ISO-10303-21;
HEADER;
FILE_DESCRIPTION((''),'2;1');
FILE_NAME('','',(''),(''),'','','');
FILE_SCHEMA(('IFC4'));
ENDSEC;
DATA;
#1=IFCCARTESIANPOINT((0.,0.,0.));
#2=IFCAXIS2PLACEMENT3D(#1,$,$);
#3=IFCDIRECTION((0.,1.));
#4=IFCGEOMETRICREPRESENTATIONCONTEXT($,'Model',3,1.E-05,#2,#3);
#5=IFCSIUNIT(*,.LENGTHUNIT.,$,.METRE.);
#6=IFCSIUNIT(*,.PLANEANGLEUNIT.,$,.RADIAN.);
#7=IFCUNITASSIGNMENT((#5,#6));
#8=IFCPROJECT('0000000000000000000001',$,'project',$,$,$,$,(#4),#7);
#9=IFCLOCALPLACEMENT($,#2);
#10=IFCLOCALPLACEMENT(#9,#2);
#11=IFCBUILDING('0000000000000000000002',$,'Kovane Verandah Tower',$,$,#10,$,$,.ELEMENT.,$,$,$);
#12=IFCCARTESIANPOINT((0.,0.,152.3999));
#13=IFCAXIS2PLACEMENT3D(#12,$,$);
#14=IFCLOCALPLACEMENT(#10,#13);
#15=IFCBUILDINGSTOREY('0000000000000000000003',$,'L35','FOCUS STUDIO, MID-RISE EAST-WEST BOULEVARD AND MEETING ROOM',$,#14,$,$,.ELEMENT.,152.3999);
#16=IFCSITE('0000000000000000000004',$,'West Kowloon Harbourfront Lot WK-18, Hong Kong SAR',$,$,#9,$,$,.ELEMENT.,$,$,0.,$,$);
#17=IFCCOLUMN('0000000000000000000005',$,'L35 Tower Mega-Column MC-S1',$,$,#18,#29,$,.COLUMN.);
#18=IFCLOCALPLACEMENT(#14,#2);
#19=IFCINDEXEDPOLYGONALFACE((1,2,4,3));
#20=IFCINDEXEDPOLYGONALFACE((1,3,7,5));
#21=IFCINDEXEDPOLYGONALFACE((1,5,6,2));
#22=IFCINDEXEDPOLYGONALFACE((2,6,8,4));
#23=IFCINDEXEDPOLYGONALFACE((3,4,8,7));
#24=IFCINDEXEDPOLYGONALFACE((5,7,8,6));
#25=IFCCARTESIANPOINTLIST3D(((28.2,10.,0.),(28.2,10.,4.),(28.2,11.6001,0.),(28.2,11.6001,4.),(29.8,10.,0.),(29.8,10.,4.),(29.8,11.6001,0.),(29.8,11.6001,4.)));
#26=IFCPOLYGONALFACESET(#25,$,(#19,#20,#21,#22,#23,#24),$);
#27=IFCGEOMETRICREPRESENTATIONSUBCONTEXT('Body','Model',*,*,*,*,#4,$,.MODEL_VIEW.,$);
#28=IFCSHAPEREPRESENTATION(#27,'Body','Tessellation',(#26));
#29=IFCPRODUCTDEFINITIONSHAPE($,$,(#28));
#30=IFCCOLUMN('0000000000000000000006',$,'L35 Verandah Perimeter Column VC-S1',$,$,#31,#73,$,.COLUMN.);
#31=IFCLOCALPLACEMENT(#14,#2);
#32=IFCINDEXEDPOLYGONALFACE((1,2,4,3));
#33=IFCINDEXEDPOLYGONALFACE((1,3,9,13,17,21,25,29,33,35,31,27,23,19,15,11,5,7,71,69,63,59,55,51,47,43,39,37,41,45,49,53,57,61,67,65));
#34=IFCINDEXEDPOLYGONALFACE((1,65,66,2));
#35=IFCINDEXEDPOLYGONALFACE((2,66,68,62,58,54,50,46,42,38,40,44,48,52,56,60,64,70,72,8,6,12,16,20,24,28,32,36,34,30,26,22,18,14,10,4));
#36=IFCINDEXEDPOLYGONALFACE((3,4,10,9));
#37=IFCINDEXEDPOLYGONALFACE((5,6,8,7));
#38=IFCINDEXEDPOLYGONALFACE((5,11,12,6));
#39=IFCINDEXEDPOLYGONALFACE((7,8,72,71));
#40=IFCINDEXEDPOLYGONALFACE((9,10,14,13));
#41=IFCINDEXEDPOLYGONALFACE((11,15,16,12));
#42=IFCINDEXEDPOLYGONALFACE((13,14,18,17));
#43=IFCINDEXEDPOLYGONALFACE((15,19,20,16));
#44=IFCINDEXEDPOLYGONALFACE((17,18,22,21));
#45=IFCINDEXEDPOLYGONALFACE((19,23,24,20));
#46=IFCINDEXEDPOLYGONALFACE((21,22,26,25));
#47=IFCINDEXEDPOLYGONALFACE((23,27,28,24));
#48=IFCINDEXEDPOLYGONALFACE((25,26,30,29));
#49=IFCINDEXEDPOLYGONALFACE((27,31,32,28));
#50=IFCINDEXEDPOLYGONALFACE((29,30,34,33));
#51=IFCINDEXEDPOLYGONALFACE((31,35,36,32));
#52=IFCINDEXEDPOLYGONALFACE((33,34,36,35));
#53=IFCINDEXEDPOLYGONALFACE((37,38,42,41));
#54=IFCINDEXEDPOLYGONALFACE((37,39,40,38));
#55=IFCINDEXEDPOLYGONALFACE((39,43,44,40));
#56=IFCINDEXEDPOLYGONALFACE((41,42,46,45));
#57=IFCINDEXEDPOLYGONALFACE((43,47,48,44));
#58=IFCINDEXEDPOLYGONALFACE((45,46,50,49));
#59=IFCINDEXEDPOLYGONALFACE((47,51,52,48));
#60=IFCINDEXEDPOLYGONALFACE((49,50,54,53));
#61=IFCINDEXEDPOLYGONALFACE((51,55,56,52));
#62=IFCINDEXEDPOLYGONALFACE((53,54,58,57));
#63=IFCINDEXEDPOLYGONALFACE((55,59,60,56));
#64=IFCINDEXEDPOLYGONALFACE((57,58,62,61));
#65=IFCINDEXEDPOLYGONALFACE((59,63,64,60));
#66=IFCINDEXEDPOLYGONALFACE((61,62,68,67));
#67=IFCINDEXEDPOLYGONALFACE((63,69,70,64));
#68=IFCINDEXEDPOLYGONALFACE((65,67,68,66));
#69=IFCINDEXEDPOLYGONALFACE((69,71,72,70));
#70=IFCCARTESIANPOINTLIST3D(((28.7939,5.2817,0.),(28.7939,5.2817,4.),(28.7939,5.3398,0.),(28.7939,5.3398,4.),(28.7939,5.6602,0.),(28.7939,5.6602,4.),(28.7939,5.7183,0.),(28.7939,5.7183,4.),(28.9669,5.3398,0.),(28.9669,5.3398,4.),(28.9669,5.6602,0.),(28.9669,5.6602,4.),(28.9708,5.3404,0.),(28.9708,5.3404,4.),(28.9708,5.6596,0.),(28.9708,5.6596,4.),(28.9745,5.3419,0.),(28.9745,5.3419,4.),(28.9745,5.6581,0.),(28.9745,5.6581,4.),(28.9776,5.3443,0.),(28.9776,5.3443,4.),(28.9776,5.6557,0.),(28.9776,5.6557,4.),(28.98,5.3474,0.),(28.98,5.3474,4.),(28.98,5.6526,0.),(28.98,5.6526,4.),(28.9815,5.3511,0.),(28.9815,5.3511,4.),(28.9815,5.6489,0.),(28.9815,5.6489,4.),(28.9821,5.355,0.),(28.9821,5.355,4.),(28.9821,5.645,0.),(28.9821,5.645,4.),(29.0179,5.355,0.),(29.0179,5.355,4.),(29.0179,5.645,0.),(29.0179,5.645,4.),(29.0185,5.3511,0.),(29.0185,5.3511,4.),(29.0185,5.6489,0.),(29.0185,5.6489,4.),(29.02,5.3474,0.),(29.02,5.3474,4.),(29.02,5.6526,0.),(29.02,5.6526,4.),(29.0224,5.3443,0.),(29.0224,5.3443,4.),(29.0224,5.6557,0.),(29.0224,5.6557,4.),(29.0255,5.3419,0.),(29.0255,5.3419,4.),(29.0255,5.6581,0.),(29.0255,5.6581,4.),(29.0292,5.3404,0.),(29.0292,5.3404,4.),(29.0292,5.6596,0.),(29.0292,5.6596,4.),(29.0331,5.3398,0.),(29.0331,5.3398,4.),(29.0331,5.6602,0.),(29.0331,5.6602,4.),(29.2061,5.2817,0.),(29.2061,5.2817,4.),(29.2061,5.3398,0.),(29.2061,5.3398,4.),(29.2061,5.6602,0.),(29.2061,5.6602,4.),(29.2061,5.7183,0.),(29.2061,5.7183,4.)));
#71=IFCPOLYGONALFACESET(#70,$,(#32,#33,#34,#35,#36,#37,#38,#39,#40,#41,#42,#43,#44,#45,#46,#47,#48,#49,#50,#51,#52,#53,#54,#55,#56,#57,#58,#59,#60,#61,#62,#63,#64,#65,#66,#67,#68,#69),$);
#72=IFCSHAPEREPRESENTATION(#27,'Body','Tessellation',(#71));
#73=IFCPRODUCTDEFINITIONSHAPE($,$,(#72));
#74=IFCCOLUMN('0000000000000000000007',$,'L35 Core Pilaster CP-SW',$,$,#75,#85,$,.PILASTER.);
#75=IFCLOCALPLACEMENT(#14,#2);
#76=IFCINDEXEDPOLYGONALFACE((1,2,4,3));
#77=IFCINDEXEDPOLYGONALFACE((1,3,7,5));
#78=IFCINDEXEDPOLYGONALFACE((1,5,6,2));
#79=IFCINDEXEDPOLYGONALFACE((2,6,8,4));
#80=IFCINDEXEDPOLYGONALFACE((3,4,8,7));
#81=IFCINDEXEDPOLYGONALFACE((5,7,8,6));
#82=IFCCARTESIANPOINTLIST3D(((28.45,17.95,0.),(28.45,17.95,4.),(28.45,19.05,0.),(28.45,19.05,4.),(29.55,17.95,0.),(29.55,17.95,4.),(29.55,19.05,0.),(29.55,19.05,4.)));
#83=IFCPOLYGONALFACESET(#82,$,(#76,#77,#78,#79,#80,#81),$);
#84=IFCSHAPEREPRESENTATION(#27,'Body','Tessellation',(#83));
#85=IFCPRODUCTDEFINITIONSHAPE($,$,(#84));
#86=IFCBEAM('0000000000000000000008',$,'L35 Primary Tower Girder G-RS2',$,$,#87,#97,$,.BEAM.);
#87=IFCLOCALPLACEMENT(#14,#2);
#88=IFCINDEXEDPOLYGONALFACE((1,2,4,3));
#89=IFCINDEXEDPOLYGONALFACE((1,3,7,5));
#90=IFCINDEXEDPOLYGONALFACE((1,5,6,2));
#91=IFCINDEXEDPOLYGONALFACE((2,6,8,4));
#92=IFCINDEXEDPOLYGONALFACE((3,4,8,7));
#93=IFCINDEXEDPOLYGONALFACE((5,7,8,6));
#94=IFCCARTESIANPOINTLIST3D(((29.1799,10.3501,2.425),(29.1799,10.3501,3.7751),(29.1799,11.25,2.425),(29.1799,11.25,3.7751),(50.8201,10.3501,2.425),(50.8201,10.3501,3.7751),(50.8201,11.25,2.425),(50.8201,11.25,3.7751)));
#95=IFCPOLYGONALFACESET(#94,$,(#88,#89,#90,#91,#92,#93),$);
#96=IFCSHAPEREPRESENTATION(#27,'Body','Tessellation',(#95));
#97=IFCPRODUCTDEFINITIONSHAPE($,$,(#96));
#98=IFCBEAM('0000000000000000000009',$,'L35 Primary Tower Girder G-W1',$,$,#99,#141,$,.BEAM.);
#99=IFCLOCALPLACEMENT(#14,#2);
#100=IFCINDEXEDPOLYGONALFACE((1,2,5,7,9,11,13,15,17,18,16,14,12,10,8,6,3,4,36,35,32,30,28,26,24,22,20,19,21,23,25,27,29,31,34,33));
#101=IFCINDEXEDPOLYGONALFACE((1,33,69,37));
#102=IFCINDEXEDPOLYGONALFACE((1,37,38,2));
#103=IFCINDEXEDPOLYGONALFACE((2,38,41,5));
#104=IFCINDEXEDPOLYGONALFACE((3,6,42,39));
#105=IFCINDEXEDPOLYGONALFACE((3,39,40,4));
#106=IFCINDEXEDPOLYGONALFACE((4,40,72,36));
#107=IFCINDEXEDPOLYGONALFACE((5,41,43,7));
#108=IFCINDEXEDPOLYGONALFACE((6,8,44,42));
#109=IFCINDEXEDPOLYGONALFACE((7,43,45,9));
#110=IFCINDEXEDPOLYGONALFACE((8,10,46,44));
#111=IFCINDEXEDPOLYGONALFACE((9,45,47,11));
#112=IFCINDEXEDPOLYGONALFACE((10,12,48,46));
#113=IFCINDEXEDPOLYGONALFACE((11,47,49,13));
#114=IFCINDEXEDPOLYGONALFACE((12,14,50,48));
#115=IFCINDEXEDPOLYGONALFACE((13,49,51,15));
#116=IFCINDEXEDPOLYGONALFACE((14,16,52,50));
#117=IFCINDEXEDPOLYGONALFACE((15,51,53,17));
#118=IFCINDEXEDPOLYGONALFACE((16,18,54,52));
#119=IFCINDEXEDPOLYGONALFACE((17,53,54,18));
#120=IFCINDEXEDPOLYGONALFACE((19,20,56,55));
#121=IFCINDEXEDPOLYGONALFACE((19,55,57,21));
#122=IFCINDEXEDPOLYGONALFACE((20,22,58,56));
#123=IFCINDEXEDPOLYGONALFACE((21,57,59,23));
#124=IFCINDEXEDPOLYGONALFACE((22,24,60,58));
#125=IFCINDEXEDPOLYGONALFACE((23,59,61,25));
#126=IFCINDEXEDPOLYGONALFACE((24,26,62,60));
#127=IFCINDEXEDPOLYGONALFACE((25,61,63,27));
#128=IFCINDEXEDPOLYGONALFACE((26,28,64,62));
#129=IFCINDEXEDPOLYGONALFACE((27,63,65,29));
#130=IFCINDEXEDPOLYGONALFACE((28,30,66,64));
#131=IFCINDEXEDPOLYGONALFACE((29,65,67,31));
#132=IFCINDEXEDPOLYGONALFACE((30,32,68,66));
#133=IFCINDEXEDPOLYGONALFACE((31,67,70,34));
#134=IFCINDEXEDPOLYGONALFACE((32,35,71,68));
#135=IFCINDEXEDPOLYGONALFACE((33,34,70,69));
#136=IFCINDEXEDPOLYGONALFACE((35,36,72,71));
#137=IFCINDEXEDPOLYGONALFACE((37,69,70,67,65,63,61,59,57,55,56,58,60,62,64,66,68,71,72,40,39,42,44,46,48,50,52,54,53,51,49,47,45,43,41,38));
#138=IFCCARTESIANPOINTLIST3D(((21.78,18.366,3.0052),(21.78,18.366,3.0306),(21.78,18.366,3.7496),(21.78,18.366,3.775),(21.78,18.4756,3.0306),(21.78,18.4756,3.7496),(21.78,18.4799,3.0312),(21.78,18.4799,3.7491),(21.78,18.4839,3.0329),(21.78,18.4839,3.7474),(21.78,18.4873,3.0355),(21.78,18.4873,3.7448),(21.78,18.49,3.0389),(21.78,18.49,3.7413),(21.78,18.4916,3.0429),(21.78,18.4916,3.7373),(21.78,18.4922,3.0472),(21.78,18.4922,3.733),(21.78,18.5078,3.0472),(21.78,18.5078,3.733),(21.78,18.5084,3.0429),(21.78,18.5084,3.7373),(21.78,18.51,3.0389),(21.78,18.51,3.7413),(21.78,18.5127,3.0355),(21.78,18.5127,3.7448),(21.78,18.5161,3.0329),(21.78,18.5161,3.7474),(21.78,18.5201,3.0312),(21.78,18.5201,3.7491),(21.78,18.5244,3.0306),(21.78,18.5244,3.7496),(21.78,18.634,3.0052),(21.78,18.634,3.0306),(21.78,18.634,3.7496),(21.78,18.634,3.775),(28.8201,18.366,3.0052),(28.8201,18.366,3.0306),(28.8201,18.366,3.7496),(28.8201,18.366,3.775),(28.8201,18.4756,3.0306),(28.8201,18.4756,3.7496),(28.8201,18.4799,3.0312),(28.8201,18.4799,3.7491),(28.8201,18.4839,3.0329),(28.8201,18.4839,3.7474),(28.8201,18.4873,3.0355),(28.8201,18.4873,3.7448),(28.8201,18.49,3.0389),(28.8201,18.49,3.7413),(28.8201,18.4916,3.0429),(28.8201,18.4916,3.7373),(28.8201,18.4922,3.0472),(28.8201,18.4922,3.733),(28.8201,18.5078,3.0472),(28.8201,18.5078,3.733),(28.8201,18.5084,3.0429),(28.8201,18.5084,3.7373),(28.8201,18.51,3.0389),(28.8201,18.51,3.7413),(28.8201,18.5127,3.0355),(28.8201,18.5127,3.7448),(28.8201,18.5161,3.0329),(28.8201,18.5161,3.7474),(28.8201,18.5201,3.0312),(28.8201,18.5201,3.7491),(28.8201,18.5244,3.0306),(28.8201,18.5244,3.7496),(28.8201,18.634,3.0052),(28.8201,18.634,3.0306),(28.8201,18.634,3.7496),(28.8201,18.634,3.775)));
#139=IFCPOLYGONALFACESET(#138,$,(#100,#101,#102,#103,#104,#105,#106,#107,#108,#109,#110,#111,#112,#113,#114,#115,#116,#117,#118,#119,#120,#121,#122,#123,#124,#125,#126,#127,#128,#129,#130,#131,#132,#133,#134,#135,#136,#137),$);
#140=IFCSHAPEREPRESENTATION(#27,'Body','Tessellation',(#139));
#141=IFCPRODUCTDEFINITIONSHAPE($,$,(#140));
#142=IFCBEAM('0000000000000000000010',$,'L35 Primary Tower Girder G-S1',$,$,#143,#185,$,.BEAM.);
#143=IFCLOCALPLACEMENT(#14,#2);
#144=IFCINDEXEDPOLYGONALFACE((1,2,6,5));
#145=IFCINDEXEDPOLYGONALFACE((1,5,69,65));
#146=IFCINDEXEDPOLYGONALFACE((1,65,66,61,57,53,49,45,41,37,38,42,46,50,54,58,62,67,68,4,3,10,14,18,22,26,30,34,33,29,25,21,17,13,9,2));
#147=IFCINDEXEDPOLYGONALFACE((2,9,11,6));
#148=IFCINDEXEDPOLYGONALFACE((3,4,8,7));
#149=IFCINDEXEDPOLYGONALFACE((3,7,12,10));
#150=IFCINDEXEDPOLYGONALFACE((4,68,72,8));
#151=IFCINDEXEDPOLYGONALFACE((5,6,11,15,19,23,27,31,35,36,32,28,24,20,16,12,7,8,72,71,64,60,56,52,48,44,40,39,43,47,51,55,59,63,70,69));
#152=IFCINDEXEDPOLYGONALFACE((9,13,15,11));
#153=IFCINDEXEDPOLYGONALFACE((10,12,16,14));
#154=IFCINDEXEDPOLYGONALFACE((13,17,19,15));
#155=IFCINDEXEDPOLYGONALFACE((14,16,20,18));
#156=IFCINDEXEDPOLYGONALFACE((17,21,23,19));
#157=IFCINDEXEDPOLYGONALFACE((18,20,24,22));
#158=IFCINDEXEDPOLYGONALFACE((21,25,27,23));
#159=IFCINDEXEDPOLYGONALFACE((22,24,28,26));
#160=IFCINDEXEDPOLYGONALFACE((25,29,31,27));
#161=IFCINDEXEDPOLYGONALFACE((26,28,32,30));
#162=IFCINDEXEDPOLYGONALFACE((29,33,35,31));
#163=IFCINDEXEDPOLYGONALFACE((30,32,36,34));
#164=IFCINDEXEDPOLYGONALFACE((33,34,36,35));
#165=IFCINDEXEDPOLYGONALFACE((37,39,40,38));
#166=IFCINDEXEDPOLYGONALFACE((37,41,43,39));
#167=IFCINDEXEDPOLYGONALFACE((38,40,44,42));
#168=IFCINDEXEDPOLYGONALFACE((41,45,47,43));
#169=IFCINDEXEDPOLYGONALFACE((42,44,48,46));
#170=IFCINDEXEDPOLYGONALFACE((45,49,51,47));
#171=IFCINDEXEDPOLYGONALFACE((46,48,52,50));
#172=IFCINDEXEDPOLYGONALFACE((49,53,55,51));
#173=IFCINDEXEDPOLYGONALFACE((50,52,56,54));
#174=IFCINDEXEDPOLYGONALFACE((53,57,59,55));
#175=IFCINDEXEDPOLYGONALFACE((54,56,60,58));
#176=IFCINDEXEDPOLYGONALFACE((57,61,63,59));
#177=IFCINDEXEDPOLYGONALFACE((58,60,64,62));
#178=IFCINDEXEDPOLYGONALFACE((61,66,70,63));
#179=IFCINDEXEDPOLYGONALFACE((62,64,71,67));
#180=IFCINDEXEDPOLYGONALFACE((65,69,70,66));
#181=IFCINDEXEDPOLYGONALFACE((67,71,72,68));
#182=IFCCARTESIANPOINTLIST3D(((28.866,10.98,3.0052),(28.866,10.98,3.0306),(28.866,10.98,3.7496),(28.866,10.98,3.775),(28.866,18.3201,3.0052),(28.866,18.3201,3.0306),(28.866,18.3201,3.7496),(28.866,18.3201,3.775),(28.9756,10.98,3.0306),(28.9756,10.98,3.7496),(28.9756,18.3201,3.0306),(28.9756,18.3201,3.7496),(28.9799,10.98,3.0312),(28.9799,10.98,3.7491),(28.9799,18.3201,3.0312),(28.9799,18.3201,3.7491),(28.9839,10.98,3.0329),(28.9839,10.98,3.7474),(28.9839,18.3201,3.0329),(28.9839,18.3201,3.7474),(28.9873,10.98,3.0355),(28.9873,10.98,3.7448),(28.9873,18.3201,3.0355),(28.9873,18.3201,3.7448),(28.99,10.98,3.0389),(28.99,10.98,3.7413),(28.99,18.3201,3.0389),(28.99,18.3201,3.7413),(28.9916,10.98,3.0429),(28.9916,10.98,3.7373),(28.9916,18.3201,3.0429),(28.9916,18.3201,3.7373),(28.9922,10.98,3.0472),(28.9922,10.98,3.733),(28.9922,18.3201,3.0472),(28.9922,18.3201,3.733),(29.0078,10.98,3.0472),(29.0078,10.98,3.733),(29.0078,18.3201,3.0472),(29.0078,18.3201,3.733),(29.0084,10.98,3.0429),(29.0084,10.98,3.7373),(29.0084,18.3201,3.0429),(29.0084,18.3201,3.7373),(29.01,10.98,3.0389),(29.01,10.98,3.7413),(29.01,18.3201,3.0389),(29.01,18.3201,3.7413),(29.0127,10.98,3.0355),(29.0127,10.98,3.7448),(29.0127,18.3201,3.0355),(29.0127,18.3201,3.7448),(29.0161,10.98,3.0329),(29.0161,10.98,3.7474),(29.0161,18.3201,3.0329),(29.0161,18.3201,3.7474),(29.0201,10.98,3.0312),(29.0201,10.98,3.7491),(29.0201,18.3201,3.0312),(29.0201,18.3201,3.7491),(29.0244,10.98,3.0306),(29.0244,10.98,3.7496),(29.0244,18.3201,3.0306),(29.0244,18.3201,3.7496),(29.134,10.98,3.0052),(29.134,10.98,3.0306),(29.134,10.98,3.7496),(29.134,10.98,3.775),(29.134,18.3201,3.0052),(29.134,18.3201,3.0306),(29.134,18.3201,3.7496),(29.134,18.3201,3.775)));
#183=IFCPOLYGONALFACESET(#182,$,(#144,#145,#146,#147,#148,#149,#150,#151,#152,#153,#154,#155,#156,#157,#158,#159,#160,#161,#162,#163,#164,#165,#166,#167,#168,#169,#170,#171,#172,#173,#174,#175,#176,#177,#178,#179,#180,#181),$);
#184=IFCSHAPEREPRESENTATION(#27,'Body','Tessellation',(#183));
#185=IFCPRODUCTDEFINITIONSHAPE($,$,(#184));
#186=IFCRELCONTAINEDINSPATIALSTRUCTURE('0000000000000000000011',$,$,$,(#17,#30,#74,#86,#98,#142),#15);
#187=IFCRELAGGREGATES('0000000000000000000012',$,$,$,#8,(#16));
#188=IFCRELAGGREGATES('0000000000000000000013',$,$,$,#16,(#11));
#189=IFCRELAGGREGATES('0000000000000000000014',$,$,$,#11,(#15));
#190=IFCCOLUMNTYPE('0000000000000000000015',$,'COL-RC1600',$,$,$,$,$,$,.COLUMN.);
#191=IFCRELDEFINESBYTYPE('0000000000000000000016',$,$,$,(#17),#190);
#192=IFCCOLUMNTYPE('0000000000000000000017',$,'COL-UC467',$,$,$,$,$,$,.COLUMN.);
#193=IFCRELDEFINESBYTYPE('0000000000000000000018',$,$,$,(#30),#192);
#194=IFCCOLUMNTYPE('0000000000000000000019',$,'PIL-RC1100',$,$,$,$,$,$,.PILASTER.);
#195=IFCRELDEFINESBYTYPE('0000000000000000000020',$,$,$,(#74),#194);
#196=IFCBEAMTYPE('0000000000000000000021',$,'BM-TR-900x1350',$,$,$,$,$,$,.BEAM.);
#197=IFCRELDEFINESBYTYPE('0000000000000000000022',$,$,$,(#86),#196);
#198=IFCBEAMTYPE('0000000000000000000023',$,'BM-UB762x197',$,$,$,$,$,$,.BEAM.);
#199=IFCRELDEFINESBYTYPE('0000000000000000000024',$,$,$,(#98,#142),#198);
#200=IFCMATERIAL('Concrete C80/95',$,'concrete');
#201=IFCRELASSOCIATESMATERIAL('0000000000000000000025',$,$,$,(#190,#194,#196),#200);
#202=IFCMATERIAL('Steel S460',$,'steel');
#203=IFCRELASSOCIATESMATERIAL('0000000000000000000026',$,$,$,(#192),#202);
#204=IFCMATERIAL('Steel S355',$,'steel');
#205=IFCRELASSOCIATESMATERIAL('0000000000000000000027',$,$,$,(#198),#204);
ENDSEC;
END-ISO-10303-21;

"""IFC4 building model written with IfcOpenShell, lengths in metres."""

from ifc_helpers import new_model, si_unit, direction, frame, origin, origin_2d, place, context, subcontext, project, spatial, rectangle, i_section, extrude, material, material_profile, profile_set, type_object, element, save


model = new_model("IFC4")

# Units and contexts
model_context = context("Model", 3, precision=1e-05, world=origin(), true_north=direction((0.0, 1.0)))
body_context = subcontext(model_context, "Body", "Model", "MODEL_VIEW")
ifc_project = project(units=[si_unit("LENGTHUNIT", "METRE"), si_unit("PLANEANGLEUNIT", "RADIAN")], contexts=[model_context])

# Site, building, storey
site_placement = place(None, origin())
site = spatial("IfcSite", under=ifc_project, at=site_placement, Name="West Kowloon Harbourfront Lot WK-18, Hong Kong SAR", CompositionType="ELEMENT", RefElevation=0.0)
building_placement = place(site_placement, origin())
building = spatial("IfcBuilding", under=site, at=building_placement, Name="Kovane Verandah Tower", CompositionType="ELEMENT")
storey_placement = place(building_placement, frame((0.0, 0.0, 152.3999)))
storey = spatial("IfcBuildingStorey", under=building, at=storey_placement, Name="L35", Description="FOCUS STUDIO, MID-RISE EAST-WEST BOULEVARD AND MEETING ROOM", CompositionType="ELEMENT", Elevation=152.3999)

# Columns
ifc_material_1 = material(Name="Concrete C80/95", Category="concrete")
ifc_material_profile_1 = material_profile(ifc_material_1, rectangle(XDim=1.6001, YDim=1.6001, at=origin_2d()), Name="RC1600x1600")
ifc_profile_set_1 = profile_set([ifc_material_profile_1], Name="Concrete C80/95")
column_type_1 = type_object("IfcColumnType", Name="COL-RC1600", PredefinedType="COLUMN", material=ifc_profile_set_1)
column_1_placement = place(storey_placement, frame((29.0, 10.8, 0.0), z_axis=(0.0, 0.0, 1.0), x_axis=(1.0, 0.0, 0.0)))
element("IfcColumn", 1, at=column_1_placement, inside=storey, type_object=column_type_1, Name="L35 Tower Mega-Column MC-S1", PredefinedType="COLUMN", context=body_context, shape_type="SweptSolid", body=[
    extrude(rectangle(XDim=1.6001, YDim=1.6001, at=origin_2d()), origin(), (0.0, 0.0, 1.0), 4.0),
])
ifc_material_2 = material(Name="Steel S460", Category="steel")
ifc_material_profile_2 = material_profile(ifc_material_2, i_section(OverallWidth=0.4121, OverallDepth=0.4365, WebThickness=0.0359, FlangeThickness=0.0581, FilletRadius=0.0151, at=origin_2d()), Name="UC356x406x467")
ifc_profile_set_2 = profile_set([ifc_material_profile_2], Name="Steel S460")
column_type_2 = type_object("IfcColumnType", Name="COL-UC467", PredefinedType="COLUMN", material=ifc_profile_set_2)
column_2_placement = place(storey_placement, frame((29.0, 5.5, 0.0), z_axis=(0.0, 0.0, 1.0), x_axis=(1.0, 0.0, 0.0)))
element("IfcColumn", 2, at=column_2_placement, inside=storey, type_object=column_type_2, Name="L35 Verandah Perimeter Column VC-S1", PredefinedType="COLUMN", context=body_context, shape_type="SweptSolid", body=[
    extrude(i_section(OverallWidth=0.4121, OverallDepth=0.4365, WebThickness=0.0359, FlangeThickness=0.0581, FilletRadius=0.0151, at=origin_2d()), origin(), (0.0, 0.0, 1.0), 4.0),
])
ifc_material_profile_3 = material_profile(ifc_material_1, rectangle(XDim=1.1001, YDim=1.1001, at=origin_2d()), Name="RC1100x1100")
ifc_profile_set_3 = profile_set([ifc_material_profile_3], Name="Concrete C80/95")
column_type_3 = type_object("IfcColumnType", Name="PIL-RC1100", PredefinedType="PILASTER", material=ifc_profile_set_3)
column_3_placement = place(storey_placement, frame((29.0, 18.5, 0.0), z_axis=(0.0, 0.0, 1.0), x_axis=(1.0, 0.0, 0.0)))
element("IfcColumn", 3, at=column_3_placement, inside=storey, type_object=column_type_3, Name="L35 Core Pilaster CP-SW", PredefinedType="PILASTER", context=body_context, shape_type="SweptSolid", body=[
    extrude(rectangle(XDim=1.1001, YDim=1.1001, at=origin_2d()), origin(), (0.0, 0.0, 1.0), 4.0),
])

# Beams
ifc_material_profile_4 = material_profile(ifc_material_1, rectangle(XDim=0.8999, YDim=1.3501, at=origin_2d()), Name="RCB900x1350")
ifc_profile_set_4 = profile_set([ifc_material_profile_4], Name="Concrete C80/95")
beam_type_1 = type_object("IfcBeamType", Name="BM-TR-900x1350", PredefinedType="BEAM", material=ifc_profile_set_4)
beam_1_placement = place(storey_placement, frame((29.1799, 10.8, 3.1001), z_axis=(1.0, 0.0, 0.0), x_axis=(0.0, 1.0, 0.0)))
element("IfcBeam", 4, at=beam_1_placement, inside=storey, type_object=beam_type_1, Name="L35 Primary Tower Girder G-RS2", PredefinedType="BEAM", context=body_context, shape_type="SweptSolid", body=[
    extrude(rectangle(XDim=0.8999, YDim=1.3501, at=origin_2d()), origin(), (0.0, 0.0, 1.0), 21.6401),
])
ifc_material_3 = material(Name="Steel S355", Category="steel")
ifc_material_profile_5 = material_profile(ifc_material_3, i_section(OverallWidth=0.2681, OverallDepth=0.7698, WebThickness=0.0156, FlangeThickness=0.0254, FilletRadius=0.0166, at=origin_2d()), Name="UB762x267x197")
ifc_profile_set_5 = profile_set([ifc_material_profile_5], Name="Steel S355")
beam_type_2 = type_object("IfcBeamType", Name="BM-UB762x197", PredefinedType="BEAM", material=ifc_profile_set_5)
beam_2_placement = place(storey_placement, frame((28.8201, 18.5, 3.3901), z_axis=(-1.0, 0.0, 0.0), x_axis=(0.0, -1.0, 0.0)))
element("IfcBeam", 5, at=beam_2_placement, inside=storey, type_object=beam_type_2, Name="L35 Primary Tower Girder G-W1", PredefinedType="BEAM", context=body_context, shape_type="SweptSolid", body=[
    extrude(i_section(OverallWidth=0.2681, OverallDepth=0.7698, WebThickness=0.0156, FlangeThickness=0.0254, FilletRadius=0.0166, at=origin_2d()), origin(), (0.0, 0.0, 1.0), 7.04),
])
beam_3_placement = place(storey_placement, frame((29.0, 18.3201, 3.3901), z_axis=(0.0, -1.0, 0.0), x_axis=(1.0, 0.0, 0.0)))
element("IfcBeam", 6, at=beam_3_placement, inside=storey, type_object=beam_type_2, Name="L35 Primary Tower Girder G-S1", PredefinedType="BEAM", context=body_context, shape_type="SweptSolid", body=[
    extrude(i_section(OverallWidth=0.2681, OverallDepth=0.7698, WebThickness=0.0156, FlangeThickness=0.0254, FilletRadius=0.0166, at=origin_2d()), origin(), (0.0, 0.0, 1.0), 7.3401),
])

save(model, "model.ifc")
